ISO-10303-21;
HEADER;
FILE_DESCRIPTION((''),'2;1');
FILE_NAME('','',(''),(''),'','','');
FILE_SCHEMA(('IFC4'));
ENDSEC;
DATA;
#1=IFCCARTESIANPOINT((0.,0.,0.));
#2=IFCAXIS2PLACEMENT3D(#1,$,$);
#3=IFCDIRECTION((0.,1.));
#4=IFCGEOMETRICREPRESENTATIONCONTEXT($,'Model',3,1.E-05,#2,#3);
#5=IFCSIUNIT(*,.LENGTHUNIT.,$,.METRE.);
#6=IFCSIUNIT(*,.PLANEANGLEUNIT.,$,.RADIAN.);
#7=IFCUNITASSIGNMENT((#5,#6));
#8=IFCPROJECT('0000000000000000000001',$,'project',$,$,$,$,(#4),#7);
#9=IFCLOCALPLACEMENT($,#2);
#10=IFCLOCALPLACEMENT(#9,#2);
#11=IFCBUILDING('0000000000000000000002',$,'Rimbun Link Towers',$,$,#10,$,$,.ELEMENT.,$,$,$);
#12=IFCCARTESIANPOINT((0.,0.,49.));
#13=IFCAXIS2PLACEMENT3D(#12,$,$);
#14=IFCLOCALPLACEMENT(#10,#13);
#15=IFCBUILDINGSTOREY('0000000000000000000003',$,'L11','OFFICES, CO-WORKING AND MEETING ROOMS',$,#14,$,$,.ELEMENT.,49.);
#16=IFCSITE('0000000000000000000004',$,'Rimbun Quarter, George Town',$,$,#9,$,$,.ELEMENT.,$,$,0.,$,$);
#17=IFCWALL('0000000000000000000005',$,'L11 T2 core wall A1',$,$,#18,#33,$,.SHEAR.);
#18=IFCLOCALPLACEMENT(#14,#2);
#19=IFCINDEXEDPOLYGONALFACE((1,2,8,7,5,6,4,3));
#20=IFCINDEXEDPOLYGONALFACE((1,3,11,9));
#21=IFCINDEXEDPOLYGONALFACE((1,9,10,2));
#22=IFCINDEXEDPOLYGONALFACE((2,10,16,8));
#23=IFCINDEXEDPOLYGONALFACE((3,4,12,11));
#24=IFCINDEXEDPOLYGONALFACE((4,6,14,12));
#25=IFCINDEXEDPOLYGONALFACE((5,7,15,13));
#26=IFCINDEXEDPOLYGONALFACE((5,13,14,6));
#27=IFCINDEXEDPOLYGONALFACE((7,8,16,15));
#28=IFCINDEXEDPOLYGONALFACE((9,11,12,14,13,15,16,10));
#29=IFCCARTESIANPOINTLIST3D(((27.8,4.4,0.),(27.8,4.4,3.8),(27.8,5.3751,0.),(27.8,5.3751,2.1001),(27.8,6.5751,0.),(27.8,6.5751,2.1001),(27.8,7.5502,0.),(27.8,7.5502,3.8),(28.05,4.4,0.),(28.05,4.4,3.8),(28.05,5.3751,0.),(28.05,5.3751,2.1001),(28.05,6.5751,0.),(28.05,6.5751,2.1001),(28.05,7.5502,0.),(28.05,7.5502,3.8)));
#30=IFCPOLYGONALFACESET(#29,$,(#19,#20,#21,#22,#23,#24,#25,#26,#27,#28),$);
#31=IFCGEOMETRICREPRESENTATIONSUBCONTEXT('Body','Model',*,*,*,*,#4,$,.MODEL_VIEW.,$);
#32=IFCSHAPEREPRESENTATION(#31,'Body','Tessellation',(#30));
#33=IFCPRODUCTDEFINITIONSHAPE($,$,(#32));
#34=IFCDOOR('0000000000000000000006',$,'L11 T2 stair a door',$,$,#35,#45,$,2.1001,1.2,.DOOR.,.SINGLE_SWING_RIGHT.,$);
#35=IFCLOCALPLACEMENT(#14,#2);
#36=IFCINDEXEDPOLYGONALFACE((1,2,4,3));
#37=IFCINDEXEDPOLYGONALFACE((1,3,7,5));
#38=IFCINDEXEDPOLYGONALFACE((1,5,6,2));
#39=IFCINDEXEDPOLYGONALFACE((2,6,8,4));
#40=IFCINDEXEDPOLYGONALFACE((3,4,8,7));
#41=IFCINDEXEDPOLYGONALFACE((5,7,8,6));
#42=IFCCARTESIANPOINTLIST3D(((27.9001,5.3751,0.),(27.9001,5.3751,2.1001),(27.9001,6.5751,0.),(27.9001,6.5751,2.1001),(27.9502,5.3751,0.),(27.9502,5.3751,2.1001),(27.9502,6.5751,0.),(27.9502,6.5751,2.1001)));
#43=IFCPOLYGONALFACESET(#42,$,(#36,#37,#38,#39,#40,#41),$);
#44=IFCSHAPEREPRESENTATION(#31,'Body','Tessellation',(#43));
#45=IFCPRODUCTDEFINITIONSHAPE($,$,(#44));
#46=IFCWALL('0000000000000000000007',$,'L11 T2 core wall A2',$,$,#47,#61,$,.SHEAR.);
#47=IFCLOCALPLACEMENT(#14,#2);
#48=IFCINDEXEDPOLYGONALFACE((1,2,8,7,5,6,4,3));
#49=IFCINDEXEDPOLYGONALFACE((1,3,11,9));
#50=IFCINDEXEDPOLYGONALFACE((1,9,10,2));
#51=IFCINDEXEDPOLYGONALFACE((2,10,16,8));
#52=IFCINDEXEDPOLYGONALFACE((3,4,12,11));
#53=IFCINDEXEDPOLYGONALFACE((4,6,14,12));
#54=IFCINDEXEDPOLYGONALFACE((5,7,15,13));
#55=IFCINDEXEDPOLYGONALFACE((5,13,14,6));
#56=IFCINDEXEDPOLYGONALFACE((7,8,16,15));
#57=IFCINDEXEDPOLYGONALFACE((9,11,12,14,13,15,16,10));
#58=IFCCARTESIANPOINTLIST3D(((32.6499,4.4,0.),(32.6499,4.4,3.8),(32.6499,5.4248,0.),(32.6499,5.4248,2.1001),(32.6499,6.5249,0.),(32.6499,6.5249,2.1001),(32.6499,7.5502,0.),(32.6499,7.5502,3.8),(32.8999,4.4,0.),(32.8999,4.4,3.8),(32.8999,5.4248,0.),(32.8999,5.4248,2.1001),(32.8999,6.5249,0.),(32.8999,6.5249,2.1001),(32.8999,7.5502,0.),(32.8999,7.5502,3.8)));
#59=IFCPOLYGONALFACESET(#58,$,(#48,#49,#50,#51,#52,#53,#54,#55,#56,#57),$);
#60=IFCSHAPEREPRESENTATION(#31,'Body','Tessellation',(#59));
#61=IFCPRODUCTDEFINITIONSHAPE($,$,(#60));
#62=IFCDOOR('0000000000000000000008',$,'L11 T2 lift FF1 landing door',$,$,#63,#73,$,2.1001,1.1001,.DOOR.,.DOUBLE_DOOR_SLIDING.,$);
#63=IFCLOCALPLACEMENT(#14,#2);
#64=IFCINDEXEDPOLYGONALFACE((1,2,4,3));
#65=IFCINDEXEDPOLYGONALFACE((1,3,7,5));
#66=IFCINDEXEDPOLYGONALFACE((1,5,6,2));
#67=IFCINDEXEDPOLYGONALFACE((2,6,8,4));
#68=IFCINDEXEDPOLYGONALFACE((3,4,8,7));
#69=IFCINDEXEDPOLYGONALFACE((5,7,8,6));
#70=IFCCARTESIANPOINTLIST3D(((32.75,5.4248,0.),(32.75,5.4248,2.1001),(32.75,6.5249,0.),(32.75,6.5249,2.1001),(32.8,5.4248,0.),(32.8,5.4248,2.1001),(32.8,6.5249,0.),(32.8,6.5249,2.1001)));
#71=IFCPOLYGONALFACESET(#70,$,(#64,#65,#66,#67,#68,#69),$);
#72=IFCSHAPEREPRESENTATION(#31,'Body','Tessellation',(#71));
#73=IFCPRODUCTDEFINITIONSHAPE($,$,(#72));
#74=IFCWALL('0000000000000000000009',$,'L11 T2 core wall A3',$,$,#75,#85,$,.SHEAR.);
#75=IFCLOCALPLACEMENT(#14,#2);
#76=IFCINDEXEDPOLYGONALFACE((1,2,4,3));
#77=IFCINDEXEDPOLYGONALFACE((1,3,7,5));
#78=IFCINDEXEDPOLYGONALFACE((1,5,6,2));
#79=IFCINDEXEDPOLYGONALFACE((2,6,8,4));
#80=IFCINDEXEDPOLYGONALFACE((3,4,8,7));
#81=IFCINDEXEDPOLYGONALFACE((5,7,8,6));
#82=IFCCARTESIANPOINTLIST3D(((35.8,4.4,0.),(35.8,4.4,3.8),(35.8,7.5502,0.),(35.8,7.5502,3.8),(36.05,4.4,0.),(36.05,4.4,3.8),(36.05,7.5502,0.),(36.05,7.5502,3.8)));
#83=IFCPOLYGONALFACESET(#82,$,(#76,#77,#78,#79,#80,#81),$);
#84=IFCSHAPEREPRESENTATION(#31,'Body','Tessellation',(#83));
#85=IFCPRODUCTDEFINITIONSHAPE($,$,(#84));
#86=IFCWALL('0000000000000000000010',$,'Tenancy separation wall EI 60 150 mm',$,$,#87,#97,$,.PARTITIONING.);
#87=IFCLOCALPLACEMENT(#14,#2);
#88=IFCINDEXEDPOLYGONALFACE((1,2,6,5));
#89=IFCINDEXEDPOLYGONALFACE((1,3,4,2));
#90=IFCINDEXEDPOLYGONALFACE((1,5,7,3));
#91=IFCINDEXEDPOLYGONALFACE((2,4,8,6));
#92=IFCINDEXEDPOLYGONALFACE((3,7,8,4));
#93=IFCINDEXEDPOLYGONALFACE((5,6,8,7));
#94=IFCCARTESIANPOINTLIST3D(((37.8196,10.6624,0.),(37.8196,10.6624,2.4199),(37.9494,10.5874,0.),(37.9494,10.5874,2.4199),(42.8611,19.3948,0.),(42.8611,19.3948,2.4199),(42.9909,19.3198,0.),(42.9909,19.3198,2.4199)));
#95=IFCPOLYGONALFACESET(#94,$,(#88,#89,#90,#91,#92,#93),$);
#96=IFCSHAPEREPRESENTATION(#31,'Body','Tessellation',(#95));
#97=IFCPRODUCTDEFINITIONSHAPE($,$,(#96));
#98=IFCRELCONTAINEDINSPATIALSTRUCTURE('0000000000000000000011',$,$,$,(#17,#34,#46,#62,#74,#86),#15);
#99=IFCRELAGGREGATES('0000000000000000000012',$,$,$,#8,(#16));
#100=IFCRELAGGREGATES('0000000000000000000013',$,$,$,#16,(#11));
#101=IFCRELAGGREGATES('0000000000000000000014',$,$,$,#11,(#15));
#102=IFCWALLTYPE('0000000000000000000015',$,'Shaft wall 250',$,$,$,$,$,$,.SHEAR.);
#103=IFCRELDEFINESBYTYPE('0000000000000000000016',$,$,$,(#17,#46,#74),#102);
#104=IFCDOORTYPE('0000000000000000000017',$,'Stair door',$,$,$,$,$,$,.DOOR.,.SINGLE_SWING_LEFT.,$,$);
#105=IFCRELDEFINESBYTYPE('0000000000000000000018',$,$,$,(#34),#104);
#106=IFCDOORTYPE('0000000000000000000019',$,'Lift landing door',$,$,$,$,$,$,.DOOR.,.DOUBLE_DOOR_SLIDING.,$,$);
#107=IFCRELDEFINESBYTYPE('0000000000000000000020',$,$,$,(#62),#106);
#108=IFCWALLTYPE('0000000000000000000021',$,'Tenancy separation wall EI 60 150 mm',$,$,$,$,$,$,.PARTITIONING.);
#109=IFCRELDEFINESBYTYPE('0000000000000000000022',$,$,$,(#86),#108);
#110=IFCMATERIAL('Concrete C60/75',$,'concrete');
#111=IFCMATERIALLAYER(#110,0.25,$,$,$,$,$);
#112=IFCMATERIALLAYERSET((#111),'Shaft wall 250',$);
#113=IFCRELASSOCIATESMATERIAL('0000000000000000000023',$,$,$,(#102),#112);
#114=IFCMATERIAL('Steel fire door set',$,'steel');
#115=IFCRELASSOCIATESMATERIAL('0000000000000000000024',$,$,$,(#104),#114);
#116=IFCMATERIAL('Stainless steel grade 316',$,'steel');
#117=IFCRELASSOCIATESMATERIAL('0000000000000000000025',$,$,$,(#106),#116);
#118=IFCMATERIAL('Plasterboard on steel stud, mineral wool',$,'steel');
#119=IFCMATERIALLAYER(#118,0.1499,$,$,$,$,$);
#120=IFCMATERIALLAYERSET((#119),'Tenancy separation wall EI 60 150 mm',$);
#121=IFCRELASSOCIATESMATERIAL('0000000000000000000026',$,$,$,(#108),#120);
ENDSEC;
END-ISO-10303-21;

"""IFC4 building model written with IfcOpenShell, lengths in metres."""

from ifc_helpers import new_model, si_unit, direction, frame, frame_2d, origin, place, context, subcontext, project, spatial, rectangle, extrude, material, layer, layer_set, type_object, element, fill, save


model = new_model("IFC4")

# Units and contexts
model_context = context("Model", 3, precision=1e-05, world=origin(), true_north=direction((0.0, 1.0)))
body_context = subcontext(model_context, "Body", "Model", "MODEL_VIEW")
ifc_project = project(units=[si_unit("LENGTHUNIT", "METRE"), si_unit("PLANEANGLEUNIT", "RADIAN")], contexts=[model_context])

# Site, building, storey
site_placement = place(None, origin())
site = spatial("IfcSite", under=ifc_project, at=site_placement, Name="Rimbun Quarter, George Town", CompositionType="ELEMENT", RefElevation=0.0)
building_placement = place(site_placement, origin())
building = spatial("IfcBuilding", under=site, at=building_placement, Name="Rimbun Link Towers", CompositionType="ELEMENT")
storey_placement = place(building_placement, frame((0.0, 0.0, 49.0)))
storey = spatial("IfcBuildingStorey", under=building, at=storey_placement, Name="L11", Description="OFFICES, CO-WORKING AND MEETING ROOMS", CompositionType="ELEMENT", Elevation=49.0)

# Shared definitions
ifc_material_1 = material(Name="Concrete C60/75", Category="concrete")
ifc_layer_1 = layer(ifc_material_1, 0.25)
ifc_layer_set_1 = layer_set([ifc_layer_1], Name="Shaft wall 250")
wall_type_1 = type_object("IfcWallType", Name="Shaft wall 250", PredefinedType="SHEAR", material=ifc_layer_set_1)

# Walls, openings, doors
wall_1_placement = place(storey_placement, frame((27.925, 4.3999, 0.0), z_axis=(0.0, 0.0, 1.0), x_axis=(0.0, 1.0, 0.0)))
wall_1 = element("IfcWall", 1, at=wall_1_placement, inside=storey, type_object=wall_type_1, Name="L11 T2 core wall A1", PredefinedType="SHEAR", context=body_context, shape_type="SweptSolid", body=[
    extrude(rectangle(XDim=3.1501, YDim=0.25, at=frame_2d((1.5752, 0.0))), origin(), (0.0, 0.0, 1.0), 3.8),
])
opening_1_placement = place(wall_1_placement, frame((0.9751, 0.0, 0.0)))
opening_1 = element("IfcOpeningElement", 2, at=opening_1_placement, cuts=wall_1, PredefinedType="OPENING", context=body_context, shape_type="SweptSolid", body=[
    extrude(rectangle(XDim=1.2, YDim=2.1001, at=frame_2d((0.6001, 1.05))), frame((0.0, 0.135, 0.0), z_axis=(0.0, -1.0, 0.0), x_axis=(1.0, 0.0, 0.0)), (0.0, 0.0, 1.0), 0.27),
])
ifc_material_2 = material(Name="Steel fire door set", Category="steel")
door_type_1 = type_object("IfcDoorType", Name="Stair door", OperationType="SINGLE_SWING_LEFT", PredefinedType="DOOR", material=ifc_material_2)
door_1_placement = place(opening_1_placement, origin())
door_1 = element("IfcDoor", 3, at=door_1_placement, inside=storey, type_object=door_type_1, Name="L11 T2 stair a door", OperationType="SINGLE_SWING_RIGHT", OverallHeight=2.1001, OverallWidth=1.2, PredefinedType="DOOR", context=body_context, shape_type="SweptSolid", body=[
    extrude(rectangle(XDim=1.2, YDim=2.1001, at=frame_2d((0.6001, 1.05))), frame((0.0, 0.0249, 0.0), z_axis=(0.0, -1.0, 0.0), x_axis=(1.0, 0.0, 0.0)), (0.0, 0.0, 1.0), 0.05),
])
fill(opening_1, door_1)
wall_2_placement = place(storey_placement, frame((32.7749, 4.3999, 0.0), z_axis=(0.0, 0.0, 1.0), x_axis=(0.0, 1.0, 0.0)))
wall_2 = element("IfcWall", 4, at=wall_2_placement, inside=storey, type_object=wall_type_1, Name="L11 T2 core wall A2", PredefinedType="SHEAR", context=body_context, shape_type="SweptSolid", body=[
    extrude(rectangle(XDim=3.1501, YDim=0.25, at=frame_2d((1.5752, 0.0))), origin(), (0.0, 0.0, 1.0), 3.8),
])
opening_2_placement = place(wall_2_placement, frame((1.0249, 0.0, 0.0)))
opening_2 = element("IfcOpeningElement", 5, at=opening_2_placement, cuts=wall_2, PredefinedType="OPENING", context=body_context, shape_type="SweptSolid", body=[
    extrude(rectangle(XDim=1.1001, YDim=2.1001, at=frame_2d((0.55, 1.05))), frame((0.0, 0.135, 0.0), z_axis=(0.0, -1.0, 0.0), x_axis=(1.0, 0.0, 0.0)), (0.0, 0.0, 1.0), 0.27),
])
ifc_material_3 = material(Name="Stainless steel grade 316", Category="steel")
door_type_2 = type_object("IfcDoorType", Name="Lift landing door", OperationType="DOUBLE_DOOR_SLIDING", PredefinedType="DOOR", material=ifc_material_3)
door_2_placement = place(opening_2_placement, origin())
door_2 = element("IfcDoor", 6, at=door_2_placement, inside=storey, type_object=door_type_2, Name="L11 T2 lift FF1 landing door", OperationType="DOUBLE_DOOR_SLIDING", OverallHeight=2.1001, OverallWidth=1.1001, PredefinedType="DOOR", context=body_context, shape_type="SweptSolid", body=[
    extrude(rectangle(XDim=1.1001, YDim=2.1001, at=frame_2d((0.55, 1.05))), frame((0.0, 0.0249, 0.0), z_axis=(0.0, -1.0, 0.0), x_axis=(1.0, 0.0, 0.0)), (0.0, 0.0, 1.0), 0.05),
])
fill(opening_2, door_2)

# Walls
wall_3_placement = place(storey_placement, frame((35.925, 4.3999, 0.0), z_axis=(0.0, 0.0, 1.0), x_axis=(0.0, 1.0, 0.0)))
element("IfcWall", 7, at=wall_3_placement, inside=storey, type_object=wall_type_1, Name="L11 T2 core wall A3", PredefinedType="SHEAR", context=body_context, shape_type="SweptSolid", body=[
    extrude(rectangle(XDim=3.1501, YDim=0.25, at=frame_2d((1.5752, 0.0))), origin(), (0.0, 0.0, 1.0), 3.8),
])
ifc_material_4 = material(Name="Plasterboard on steel stud, mineral wool", Category="steel")
ifc_layer_2 = layer(ifc_material_4, 0.1499)
ifc_layer_set_2 = layer_set([ifc_layer_2], Name="Tenancy separation wall EI 60 150 mm")
wall_type_2 = type_object("IfcWallType", Name="Tenancy separation wall EI 60 150 mm", PredefinedType="PARTITIONING", material=ifc_layer_set_2)
wall_4_placement = place(storey_placement, frame((37.8845, 10.625, 0.0), z_axis=(0.0, 0.0, 1.0), x_axis=(0.499988, 0.866032, 0.0)))
element("IfcWall", 8, at=wall_4_placement, inside=storey, type_object=wall_type_2, Name="Tenancy separation wall EI 60 150 mm", PredefinedType="PARTITIONING", context=body_context, shape_type="SweptSolid", body=[
    extrude(rectangle(XDim=10.0833, YDim=0.1499, at=frame_2d((5.0415, 0.0))), origin(), (0.0, 0.0, 1.0), 2.4199),
])

save(model, "model.ifc")
